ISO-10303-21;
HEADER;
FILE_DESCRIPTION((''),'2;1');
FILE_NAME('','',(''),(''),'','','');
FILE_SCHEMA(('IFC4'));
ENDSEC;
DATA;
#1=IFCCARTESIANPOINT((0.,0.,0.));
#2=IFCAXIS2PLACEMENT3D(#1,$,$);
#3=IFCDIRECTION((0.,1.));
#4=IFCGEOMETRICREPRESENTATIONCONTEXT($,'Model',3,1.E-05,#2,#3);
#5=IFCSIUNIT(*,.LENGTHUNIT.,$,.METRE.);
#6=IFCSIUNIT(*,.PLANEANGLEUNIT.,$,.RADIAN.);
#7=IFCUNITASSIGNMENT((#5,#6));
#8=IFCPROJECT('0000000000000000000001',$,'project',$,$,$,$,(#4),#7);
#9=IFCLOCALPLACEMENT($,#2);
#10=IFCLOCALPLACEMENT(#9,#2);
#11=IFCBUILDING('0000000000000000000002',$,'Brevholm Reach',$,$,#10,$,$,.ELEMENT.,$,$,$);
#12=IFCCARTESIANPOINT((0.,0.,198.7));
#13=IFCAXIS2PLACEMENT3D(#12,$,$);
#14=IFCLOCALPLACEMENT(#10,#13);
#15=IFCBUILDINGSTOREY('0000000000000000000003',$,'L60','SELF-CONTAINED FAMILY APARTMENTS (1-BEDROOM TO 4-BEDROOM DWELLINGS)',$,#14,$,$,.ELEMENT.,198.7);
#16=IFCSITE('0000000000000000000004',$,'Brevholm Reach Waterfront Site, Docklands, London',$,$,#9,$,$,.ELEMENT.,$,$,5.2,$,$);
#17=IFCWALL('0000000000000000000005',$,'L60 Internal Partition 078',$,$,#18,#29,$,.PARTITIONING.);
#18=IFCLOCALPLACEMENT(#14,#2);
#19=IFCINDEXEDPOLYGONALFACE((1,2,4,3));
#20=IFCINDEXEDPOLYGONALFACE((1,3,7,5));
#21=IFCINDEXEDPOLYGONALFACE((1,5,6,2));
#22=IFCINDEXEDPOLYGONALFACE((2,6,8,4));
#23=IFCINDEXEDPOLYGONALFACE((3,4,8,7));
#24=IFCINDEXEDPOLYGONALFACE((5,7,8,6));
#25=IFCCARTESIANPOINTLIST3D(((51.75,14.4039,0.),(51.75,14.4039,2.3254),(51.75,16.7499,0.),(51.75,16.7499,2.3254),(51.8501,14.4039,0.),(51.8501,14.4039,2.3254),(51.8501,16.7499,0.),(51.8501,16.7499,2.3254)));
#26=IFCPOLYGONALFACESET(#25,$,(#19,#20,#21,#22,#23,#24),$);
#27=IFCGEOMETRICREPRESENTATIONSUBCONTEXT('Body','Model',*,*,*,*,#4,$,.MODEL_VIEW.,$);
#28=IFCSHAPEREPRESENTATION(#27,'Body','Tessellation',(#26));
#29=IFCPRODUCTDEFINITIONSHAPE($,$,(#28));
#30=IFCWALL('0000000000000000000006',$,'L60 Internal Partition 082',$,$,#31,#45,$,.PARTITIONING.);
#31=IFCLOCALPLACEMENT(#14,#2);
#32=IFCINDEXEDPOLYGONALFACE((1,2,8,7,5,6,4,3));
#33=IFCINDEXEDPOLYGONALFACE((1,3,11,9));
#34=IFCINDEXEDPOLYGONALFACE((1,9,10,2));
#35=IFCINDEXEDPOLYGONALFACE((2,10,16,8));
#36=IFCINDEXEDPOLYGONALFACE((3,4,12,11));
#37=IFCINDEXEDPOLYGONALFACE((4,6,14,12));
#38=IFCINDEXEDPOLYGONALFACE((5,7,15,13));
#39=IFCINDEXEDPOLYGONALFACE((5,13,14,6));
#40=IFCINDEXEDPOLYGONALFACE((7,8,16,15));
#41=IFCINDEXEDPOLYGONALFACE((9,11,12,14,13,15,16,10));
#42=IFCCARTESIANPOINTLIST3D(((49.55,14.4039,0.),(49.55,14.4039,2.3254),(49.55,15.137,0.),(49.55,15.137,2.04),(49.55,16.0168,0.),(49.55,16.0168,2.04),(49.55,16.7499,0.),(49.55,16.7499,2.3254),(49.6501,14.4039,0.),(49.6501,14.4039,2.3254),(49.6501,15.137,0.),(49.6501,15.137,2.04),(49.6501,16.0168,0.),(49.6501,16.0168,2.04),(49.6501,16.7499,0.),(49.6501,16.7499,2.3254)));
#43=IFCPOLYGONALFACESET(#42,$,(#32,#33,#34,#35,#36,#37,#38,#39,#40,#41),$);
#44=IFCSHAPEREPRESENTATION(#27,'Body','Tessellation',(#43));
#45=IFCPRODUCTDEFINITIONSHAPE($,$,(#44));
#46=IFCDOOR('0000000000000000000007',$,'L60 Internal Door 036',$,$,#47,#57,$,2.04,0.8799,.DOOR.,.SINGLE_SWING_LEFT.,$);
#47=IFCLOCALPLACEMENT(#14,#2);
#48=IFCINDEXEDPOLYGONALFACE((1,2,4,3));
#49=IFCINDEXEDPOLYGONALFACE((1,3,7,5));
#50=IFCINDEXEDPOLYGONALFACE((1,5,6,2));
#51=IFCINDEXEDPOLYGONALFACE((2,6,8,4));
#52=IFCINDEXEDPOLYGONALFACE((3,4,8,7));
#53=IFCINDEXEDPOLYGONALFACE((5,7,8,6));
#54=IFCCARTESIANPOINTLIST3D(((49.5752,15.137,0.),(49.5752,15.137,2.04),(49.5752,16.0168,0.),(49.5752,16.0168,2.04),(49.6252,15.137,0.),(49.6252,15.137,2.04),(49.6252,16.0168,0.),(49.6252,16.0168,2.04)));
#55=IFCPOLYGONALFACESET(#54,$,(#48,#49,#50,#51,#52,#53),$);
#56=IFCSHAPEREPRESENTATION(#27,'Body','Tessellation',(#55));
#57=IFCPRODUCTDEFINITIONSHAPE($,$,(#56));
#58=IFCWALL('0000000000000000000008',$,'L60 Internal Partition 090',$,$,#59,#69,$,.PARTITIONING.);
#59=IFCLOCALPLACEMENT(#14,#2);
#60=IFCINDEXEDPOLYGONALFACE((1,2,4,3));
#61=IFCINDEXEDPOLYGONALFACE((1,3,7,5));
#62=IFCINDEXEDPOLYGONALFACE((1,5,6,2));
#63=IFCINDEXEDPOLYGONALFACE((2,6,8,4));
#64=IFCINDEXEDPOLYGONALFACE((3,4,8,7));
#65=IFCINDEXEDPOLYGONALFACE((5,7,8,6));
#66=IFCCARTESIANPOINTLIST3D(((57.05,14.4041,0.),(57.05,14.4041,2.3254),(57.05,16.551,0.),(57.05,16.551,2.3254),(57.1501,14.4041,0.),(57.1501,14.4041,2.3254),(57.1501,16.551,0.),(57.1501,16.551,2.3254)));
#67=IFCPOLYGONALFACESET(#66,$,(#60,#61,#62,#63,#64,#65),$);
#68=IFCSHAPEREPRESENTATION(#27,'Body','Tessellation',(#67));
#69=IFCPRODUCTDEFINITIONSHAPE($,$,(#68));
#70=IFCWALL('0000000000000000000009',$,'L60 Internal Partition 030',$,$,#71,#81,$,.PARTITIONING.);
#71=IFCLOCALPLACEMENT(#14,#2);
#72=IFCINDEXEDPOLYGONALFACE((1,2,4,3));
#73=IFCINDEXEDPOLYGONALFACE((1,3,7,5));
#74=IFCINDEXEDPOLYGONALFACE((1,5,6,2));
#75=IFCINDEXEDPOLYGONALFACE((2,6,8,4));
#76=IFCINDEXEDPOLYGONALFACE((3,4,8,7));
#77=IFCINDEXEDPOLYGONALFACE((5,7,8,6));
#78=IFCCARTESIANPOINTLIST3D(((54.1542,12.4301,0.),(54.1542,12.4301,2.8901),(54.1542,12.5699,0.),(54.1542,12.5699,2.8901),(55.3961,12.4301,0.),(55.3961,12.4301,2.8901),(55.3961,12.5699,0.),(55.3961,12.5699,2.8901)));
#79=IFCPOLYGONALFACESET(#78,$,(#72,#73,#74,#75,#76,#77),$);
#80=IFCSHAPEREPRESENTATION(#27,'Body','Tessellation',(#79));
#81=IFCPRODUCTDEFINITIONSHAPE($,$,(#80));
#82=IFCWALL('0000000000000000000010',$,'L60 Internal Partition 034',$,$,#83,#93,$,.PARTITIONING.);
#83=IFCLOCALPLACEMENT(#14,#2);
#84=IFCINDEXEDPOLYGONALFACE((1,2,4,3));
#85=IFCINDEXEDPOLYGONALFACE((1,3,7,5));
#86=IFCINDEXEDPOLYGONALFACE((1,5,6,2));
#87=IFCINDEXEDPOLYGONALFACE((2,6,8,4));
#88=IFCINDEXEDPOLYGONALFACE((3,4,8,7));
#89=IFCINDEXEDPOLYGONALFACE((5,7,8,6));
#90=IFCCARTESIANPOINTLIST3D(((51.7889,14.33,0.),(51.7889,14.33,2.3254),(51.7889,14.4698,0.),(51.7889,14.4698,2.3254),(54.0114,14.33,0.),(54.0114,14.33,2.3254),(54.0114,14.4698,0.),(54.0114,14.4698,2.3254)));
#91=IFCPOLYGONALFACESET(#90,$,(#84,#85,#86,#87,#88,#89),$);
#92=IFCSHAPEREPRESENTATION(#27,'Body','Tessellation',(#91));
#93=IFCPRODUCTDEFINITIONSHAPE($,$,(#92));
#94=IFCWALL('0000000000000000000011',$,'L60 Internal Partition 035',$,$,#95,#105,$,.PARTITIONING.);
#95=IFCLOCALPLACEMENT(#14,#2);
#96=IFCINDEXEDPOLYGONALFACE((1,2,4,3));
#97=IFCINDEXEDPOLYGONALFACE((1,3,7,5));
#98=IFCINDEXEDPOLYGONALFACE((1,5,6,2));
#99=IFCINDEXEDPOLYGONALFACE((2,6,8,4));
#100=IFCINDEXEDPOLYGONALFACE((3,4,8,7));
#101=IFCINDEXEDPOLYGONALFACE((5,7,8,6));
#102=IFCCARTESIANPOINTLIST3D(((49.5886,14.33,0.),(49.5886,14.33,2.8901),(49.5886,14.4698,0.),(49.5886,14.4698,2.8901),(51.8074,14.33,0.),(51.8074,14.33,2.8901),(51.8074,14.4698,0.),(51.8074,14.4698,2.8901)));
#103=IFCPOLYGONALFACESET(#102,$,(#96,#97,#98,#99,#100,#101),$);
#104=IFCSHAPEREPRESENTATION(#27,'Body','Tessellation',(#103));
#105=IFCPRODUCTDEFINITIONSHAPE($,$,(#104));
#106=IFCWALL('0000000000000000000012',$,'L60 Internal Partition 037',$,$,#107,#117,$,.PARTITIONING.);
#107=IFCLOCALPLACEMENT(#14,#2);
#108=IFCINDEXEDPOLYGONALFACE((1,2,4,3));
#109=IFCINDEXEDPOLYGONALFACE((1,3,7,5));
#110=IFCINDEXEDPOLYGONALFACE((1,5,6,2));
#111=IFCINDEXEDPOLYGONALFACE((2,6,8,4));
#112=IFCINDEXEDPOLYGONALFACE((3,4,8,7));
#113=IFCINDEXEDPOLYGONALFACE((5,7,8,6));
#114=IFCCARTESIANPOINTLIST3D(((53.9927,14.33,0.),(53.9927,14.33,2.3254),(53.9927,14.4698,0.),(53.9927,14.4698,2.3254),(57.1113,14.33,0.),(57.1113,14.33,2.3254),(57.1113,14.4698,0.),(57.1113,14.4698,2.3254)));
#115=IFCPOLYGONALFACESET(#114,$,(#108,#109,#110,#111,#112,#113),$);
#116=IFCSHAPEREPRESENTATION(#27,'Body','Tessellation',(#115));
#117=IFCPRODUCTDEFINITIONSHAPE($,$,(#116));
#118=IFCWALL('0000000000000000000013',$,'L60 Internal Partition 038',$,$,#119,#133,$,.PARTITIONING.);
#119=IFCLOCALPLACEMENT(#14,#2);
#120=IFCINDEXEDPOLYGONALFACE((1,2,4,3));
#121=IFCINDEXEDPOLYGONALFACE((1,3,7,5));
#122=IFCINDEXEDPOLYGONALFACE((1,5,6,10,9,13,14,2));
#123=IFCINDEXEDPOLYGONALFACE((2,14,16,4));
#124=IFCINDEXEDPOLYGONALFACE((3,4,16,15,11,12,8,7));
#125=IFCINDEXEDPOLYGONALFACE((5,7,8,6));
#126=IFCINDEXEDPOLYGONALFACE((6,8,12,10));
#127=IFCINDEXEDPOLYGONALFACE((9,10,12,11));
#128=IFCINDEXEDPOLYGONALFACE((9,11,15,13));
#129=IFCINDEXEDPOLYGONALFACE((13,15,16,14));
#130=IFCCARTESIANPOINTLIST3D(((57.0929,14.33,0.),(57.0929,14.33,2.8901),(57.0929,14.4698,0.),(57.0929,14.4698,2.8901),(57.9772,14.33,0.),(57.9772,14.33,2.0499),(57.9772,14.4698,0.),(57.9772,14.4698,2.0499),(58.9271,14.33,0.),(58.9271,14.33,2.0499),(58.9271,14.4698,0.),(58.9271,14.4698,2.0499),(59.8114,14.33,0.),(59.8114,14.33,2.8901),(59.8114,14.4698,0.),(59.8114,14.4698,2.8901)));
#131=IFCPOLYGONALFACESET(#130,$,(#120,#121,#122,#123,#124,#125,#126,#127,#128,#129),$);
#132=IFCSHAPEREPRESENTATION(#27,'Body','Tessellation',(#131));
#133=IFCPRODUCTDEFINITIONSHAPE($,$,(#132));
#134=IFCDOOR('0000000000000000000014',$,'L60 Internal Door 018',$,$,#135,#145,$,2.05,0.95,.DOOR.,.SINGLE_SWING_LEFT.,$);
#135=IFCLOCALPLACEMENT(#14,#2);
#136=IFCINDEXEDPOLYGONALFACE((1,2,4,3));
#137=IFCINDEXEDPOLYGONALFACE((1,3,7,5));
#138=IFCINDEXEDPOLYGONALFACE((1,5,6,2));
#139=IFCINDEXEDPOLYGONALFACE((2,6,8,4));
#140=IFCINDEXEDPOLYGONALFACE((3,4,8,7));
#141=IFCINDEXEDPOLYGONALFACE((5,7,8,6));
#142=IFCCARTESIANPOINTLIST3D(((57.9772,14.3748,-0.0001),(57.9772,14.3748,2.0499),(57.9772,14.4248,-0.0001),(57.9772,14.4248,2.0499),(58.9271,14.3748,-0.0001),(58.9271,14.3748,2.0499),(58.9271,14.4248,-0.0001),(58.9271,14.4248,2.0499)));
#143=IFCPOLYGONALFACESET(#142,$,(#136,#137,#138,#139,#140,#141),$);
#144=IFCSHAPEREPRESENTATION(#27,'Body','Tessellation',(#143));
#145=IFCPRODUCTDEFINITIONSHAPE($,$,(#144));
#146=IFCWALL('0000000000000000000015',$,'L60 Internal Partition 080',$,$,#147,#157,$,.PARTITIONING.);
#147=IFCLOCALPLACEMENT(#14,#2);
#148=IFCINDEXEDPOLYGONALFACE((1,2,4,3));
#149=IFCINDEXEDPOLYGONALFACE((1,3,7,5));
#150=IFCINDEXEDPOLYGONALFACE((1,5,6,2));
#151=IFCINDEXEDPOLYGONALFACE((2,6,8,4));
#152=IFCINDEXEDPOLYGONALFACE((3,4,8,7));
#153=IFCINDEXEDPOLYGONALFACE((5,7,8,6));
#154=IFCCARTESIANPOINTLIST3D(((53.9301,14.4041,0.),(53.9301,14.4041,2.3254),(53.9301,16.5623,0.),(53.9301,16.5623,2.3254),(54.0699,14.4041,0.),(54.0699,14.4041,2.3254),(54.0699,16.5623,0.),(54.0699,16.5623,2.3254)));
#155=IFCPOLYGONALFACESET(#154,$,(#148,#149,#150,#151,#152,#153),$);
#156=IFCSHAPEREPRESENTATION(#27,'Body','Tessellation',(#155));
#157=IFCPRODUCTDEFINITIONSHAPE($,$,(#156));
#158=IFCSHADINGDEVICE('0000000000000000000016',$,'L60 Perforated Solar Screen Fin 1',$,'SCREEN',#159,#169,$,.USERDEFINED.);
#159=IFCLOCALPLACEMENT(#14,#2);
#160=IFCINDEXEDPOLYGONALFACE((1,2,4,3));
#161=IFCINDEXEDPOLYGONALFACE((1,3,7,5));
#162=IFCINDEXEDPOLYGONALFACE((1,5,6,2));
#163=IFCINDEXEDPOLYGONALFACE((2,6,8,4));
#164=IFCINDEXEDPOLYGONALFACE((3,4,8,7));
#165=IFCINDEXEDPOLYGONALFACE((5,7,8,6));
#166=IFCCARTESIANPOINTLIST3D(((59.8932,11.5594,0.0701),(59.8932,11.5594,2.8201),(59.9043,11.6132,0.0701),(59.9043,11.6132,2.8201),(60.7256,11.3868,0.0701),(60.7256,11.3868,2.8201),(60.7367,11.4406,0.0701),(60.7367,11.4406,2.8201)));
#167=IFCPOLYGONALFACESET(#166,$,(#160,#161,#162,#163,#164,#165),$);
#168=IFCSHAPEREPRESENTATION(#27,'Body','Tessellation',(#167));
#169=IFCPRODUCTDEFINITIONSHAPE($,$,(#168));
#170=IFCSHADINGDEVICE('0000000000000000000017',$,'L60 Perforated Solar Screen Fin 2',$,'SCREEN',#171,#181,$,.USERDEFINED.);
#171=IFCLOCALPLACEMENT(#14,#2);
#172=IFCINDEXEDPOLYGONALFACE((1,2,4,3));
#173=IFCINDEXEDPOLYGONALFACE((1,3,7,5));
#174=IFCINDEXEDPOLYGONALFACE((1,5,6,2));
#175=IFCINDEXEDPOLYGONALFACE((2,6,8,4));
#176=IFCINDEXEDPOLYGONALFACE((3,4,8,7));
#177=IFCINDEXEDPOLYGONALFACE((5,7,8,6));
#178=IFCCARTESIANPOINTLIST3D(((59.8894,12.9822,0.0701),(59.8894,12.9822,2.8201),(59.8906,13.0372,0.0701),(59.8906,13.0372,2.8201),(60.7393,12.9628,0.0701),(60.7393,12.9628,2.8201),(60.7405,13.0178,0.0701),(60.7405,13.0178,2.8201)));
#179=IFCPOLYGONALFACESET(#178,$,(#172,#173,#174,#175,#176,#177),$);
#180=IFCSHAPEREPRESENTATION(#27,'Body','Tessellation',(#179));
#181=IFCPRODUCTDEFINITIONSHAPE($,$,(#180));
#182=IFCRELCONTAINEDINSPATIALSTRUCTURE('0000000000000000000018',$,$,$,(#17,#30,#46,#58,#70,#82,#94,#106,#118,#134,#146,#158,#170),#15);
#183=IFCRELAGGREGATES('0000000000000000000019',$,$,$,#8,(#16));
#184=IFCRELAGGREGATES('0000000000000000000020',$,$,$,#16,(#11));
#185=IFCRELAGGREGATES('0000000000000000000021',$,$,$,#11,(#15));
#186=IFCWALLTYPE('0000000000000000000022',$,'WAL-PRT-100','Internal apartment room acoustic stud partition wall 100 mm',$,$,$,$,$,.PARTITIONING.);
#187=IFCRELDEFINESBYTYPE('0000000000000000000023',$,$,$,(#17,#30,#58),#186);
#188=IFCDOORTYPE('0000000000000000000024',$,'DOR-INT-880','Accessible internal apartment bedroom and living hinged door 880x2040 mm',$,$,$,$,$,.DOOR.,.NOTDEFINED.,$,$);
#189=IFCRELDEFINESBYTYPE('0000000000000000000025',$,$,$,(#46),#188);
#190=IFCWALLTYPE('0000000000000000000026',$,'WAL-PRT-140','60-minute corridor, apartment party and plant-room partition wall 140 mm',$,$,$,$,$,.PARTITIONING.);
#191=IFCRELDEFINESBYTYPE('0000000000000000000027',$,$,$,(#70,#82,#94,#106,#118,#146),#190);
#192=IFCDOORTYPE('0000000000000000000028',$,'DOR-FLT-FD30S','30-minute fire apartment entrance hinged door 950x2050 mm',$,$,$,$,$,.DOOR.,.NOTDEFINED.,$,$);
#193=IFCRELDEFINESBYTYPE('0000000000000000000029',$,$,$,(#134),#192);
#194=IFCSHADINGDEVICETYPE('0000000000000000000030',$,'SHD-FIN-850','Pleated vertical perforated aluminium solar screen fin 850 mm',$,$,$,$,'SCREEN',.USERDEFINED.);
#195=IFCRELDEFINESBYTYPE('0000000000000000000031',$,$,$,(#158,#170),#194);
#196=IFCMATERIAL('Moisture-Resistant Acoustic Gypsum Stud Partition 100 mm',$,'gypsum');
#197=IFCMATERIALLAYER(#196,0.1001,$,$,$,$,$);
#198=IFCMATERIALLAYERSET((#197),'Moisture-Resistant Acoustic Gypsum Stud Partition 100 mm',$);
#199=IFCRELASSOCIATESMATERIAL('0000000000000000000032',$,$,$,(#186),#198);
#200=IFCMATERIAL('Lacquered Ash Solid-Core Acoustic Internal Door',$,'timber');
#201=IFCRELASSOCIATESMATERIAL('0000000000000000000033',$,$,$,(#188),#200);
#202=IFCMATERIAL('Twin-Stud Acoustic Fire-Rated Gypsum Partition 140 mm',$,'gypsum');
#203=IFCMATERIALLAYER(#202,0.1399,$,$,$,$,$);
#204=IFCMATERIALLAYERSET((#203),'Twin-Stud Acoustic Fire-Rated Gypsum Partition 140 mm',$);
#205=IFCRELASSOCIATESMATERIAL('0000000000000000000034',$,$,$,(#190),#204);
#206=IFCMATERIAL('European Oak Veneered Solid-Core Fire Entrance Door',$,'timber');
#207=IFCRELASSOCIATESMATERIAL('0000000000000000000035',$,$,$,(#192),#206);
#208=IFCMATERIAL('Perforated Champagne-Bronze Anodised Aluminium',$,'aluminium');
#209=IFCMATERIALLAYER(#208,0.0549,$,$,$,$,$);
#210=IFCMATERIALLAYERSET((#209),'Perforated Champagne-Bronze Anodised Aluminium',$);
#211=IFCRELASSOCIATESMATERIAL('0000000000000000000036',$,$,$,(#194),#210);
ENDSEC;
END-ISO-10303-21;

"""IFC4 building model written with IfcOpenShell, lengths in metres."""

from ifc_helpers import new_model, si_unit, direction, frame, frame_2d, origin, origin_2d, place, context, subcontext, project, spatial, rectangle, extrude, material, layer, layer_set, type_object, element, fill, save


model = new_model("IFC4")

# Units and contexts
model_context = context("Model", 3, precision=1e-05, world=origin(), true_north=direction((0.0, 1.0)))
body_context = subcontext(model_context, "Body", "Model", "MODEL_VIEW")
ifc_project = project(units=[si_unit("LENGTHUNIT", "METRE"), si_unit("PLANEANGLEUNIT", "RADIAN")], contexts=[model_context])

# Site, building, storey
site_placement = place(None, origin())
site = spatial("IfcSite", under=ifc_project, at=site_placement, Name="Brevholm Reach Waterfront Site, Docklands, London", CompositionType="ELEMENT", RefElevation=5.2)
building_placement = place(site_placement, origin())
building = spatial("IfcBuilding", under=site, at=building_placement, Name="Brevholm Reach", CompositionType="ELEMENT")
storey_placement = place(building_placement, frame((0.0, 0.0, 198.7)))
storey = spatial("IfcBuildingStorey", under=building, at=storey_placement, Name="L60", Description="SELF-CONTAINED FAMILY APARTMENTS (1-BEDROOM TO 4-BEDROOM DWELLINGS)", CompositionType="ELEMENT", Elevation=198.7)

# Wall
ifc_material_1 = material(Name="Moisture-Resistant Acoustic Gypsum Stud Partition 100 mm", Category="gypsum")
ifc_layer_1 = layer(ifc_material_1, 0.1001)
ifc_layer_set_1 = layer_set([ifc_layer_1], Name="Moisture-Resistant Acoustic Gypsum Stud Partition 100 mm")
wall_type_1 = type_object("IfcWallType", Name="WAL-PRT-100", Description="Internal apartment room acoustic stud partition wall 100 mm", PredefinedType="PARTITIONING", material=ifc_layer_set_1)
wall_1_placement = place(storey_placement, frame((51.8, 14.4041, 0.0), z_axis=(0.0, 0.0, 1.0), x_axis=(0.0, 1.0, 0.0)))
element("IfcWall", 1, at=wall_1_placement, inside=storey, type_object=wall_type_1, Name="L60 Internal Partition 078", PredefinedType="PARTITIONING", context=body_context, shape_type="SweptSolid", body=[
    extrude(rectangle(XDim=2.3459, YDim=0.1001, at=frame_2d((1.1729, 0.0))), origin(), (0.0, 0.0, 1.0), 2.3254),
])

# Wall, opening, door
wall_2_placement = place(storey_placement, frame((49.6001, 14.4041, 0.0), z_axis=(0.0, 0.0, 1.0), x_axis=(0.0, 1.0, 0.0)))
wall_2 = element("IfcWall", 2, at=wall_2_placement, inside=storey, type_object=wall_type_1, Name="L60 Internal Partition 082", PredefinedType="PARTITIONING", context=body_context, shape_type="SweptSolid", body=[
    extrude(rectangle(XDim=2.3459, YDim=0.1001, at=frame_2d((1.1729, 0.0))), origin(), (0.0, 0.0, 1.0), 2.3254),
])
opening_1_placement = place(wall_2_placement, frame((0.7329, 0.0, 0.0)))
opening_1 = element("IfcOpeningElement", 3, at=opening_1_placement, cuts=wall_2, PredefinedType="OPENING", context=body_context, shape_type="SweptSolid", body=[
    extrude(rectangle(XDim=0.8799, YDim=2.04, at=frame_2d((0.4399, 1.02))), frame((0.0, 0.0601, 0.0), z_axis=(0.0, -1.0, 0.0), x_axis=(1.0, 0.0, 0.0)), (0.0, 0.0, 1.0), 0.1201),
])
ifc_material_2 = material(Name="Lacquered Ash Solid-Core Acoustic Internal Door", Category="timber")
door_type_1 = type_object("IfcDoorType", Name="DOR-INT-880", Description="Accessible internal apartment bedroom and living hinged door 880x2040 mm", OperationType="NOTDEFINED", PredefinedType="DOOR", material=ifc_material_2)
door_1_placement = place(opening_1_placement, origin())
door_1 = element("IfcDoor", 4, at=door_1_placement, inside=storey, type_object=door_type_1, Name="L60 Internal Door 036", OperationType="SINGLE_SWING_LEFT", OverallHeight=2.04, OverallWidth=0.8799, PredefinedType="DOOR", context=body_context, shape_type="SweptSolid", body=[
    extrude(rectangle(XDim=0.8799, YDim=2.04, at=frame_2d((0.4399, 1.02))), frame((0.0, 0.0249, 0.0), z_axis=(0.0, -1.0, 0.0), x_axis=(1.0, 0.0, 0.0)), (0.0, 0.0, 1.0), 0.05),
])
fill(opening_1, door_1)

# Walls
wall_3_placement = place(storey_placement, frame((57.1001, 14.4041, 0.0), z_axis=(0.0, 0.0, 1.0), x_axis=(0.0, 1.0, 0.0)))
element("IfcWall", 5, at=wall_3_placement, inside=storey, type_object=wall_type_1, Name="L60 Internal Partition 090", PredefinedType="PARTITIONING", context=body_context, shape_type="SweptSolid", body=[
    extrude(rectangle(XDim=2.147, YDim=0.1001, at=frame_2d((1.0735, 0.0))), origin(), (0.0, 0.0, 1.0), 2.3254),
])
ifc_material_3 = material(Name="Twin-Stud Acoustic Fire-Rated Gypsum Partition 140 mm", Category="gypsum")
ifc_layer_2 = layer(ifc_material_3, 0.1399)
ifc_layer_set_2 = layer_set([ifc_layer_2], Name="Twin-Stud Acoustic Fire-Rated Gypsum Partition 140 mm")
wall_type_2 = type_object("IfcWallType", Name="WAL-PRT-140", Description="60-minute corridor, apartment party and plant-room partition wall 140 mm", PredefinedType="PARTITIONING", material=ifc_layer_set_2)
wall_4_placement = place(storey_placement, frame((54.1541, 12.5, 0.0), z_axis=(0.0, 0.0, 1.0), x_axis=(1.0, 0.0, 0.0)))
element("IfcWall", 6, at=wall_4_placement, inside=storey, type_object=wall_type_2, Name="L60 Internal Partition 030", PredefinedType="PARTITIONING", context=body_context, shape_type="SweptSolid", body=[
    extrude(rectangle(XDim=1.2419, YDim=0.1399, at=frame_2d((0.6211, 0.0))), origin(), (0.0, 0.0, 1.0), 2.8901),
])
wall_5_placement = place(storey_placement, frame((51.7888, 14.3999, 0.0), z_axis=(0.0, 0.0, 1.0), x_axis=(1.0, 0.0, 0.0)))
element("IfcWall", 7, at=wall_5_placement, inside=storey, type_object=wall_type_2, Name="L60 Internal Partition 034", PredefinedType="PARTITIONING", context=body_context, shape_type="SweptSolid", body=[
    extrude(rectangle(XDim=2.2224, YDim=0.1399, at=frame_2d((1.1113, 0.0))), origin(), (0.0, 0.0, 1.0), 2.3254),
])
wall_6_placement = place(storey_placement, frame((49.5886, 14.3999, 0.0), z_axis=(0.0, 0.0, 1.0), x_axis=(1.0, 0.0, 0.0)))
element("IfcWall", 8, at=wall_6_placement, inside=storey, type_object=wall_type_2, Name="L60 Internal Partition 035", PredefinedType="PARTITIONING", context=body_context, shape_type="SweptSolid", body=[
    extrude(rectangle(XDim=2.2188, YDim=0.1399, at=frame_2d((1.1094, 0.0))), origin(), (0.0, 0.0, 1.0), 2.8901),
])
wall_7_placement = place(storey_placement, frame((53.9927, 14.3999, 0.0), z_axis=(0.0, 0.0, 1.0), x_axis=(1.0, 0.0, 0.0)))
element("IfcWall", 9, at=wall_7_placement, inside=storey, type_object=wall_type_2, Name="L60 Internal Partition 037", PredefinedType="PARTITIONING", context=body_context, shape_type="SweptSolid", body=[
    extrude(rectangle(XDim=3.1187, YDim=0.1399, at=frame_2d((1.5593, 0.0))), origin(), (0.0, 0.0, 1.0), 2.3254),
])

# Wall, opening, door
wall_8_placement = place(storey_placement, frame((57.0928, 14.3999, 0.0), z_axis=(0.0, 0.0, 1.0), x_axis=(1.0, 0.0, 0.0)))
wall_8 = element("IfcWall", 10, at=wall_8_placement, inside=storey, type_object=wall_type_2, Name="L60 Internal Partition 038", PredefinedType="PARTITIONING", context=body_context, shape_type="SweptSolid", body=[
    extrude(rectangle(XDim=2.7185, YDim=0.1399, at=frame_2d((1.3594, 0.0))), origin(), (0.0, 0.0, 1.0), 2.8901),
])
opening_2_placement = place(wall_8_placement, frame((0.8843, 0.0, 0.0)))
opening_2 = element("IfcOpeningElement", 11, at=opening_2_placement, cuts=wall_8, PredefinedType="OPENING", context=body_context, shape_type="SweptSolid", body=[
    extrude(rectangle(XDim=0.95, YDim=2.05, at=frame_2d((0.4751, 1.0249))), frame((0.0, 0.0798, 0.0), z_axis=(0.0, -1.0, 0.0), x_axis=(1.0, 0.0, 0.0)), (0.0, 0.0, 1.0), 0.1599),
])
ifc_material_4 = material(Name="European Oak Veneered Solid-Core Fire Entrance Door", Category="timber")
door_type_2 = type_object("IfcDoorType", Name="DOR-FLT-FD30S", Description="30-minute fire apartment entrance hinged door 950x2050 mm", OperationType="NOTDEFINED", PredefinedType="DOOR", material=ifc_material_4)
door_2_placement = place(opening_2_placement, origin())
door_2 = element("IfcDoor", 12, at=door_2_placement, inside=storey, type_object=door_type_2, Name="L60 Internal Door 018", OperationType="SINGLE_SWING_LEFT", OverallHeight=2.05, OverallWidth=0.95, PredefinedType="DOOR", context=body_context, shape_type="SweptSolid", body=[
    extrude(rectangle(XDim=0.95, YDim=2.05, at=frame_2d((0.4751, 1.0249))), frame((0.0, 0.0249, 0.0), z_axis=(0.0, -1.0, 0.0), x_axis=(1.0, 0.0, 0.0)), (0.0, 0.0, 1.0), 0.05),
])
fill(opening_2, door_2)

# Wall
wall_9_placement = place(storey_placement, frame((54.0, 14.4041, 0.0), z_axis=(0.0, 0.0, 1.0), x_axis=(0.0, 1.0, 0.0)))
element("IfcWall", 13, at=wall_9_placement, inside=storey, type_object=wall_type_2, Name="L60 Internal Partition 080", PredefinedType="PARTITIONING", context=body_context, shape_type="SweptSolid", body=[
    extrude(rectangle(XDim=2.1582, YDim=0.1399, at=frame_2d((1.0791, 0.0))), origin(), (0.0, 0.0, 1.0), 2.3254),
])

# Shading devices
ifc_material_5 = material(Name="Perforated Champagne-Bronze Anodised Aluminium", Category="aluminium")
ifc_layer_3 = layer(ifc_material_5, 0.0549)
ifc_layer_set_3 = layer_set([ifc_layer_3], Name="Perforated Champagne-Bronze Anodised Aluminium")
shading_device_type = type_object("IfcShadingDeviceType", Name="SHD-FIN-850", Description="Pleated vertical perforated aluminium solar screen fin 850 mm", ElementType="SCREEN", PredefinedType="USERDEFINED", material=ifc_layer_set_3)
for number, where, z_axis, x_axis, name in (
    (14, (60.3149, 11.5, 0.0701), (0.0, 0.0, 1.0), (0.979177, -0.203009, 0.0), "L60 Perforated Solar Screen Fin 1"),
    (15, (60.3149, 13.0, 0.0701), (0.0, 0.0, 1.0), (0.999739, -0.022827, 0.0), "L60 Perforated Solar Screen Fin 2"),
):
    element("IfcShadingDevice", number, at=place(storey_placement, frame(where, z_axis=z_axis, x_axis=x_axis)), inside=storey, type_object=shading_device_type, Name=name, ObjectType="SCREEN", PredefinedType="USERDEFINED", context=body_context, shape_type="SweptSolid", body=[
        extrude(rectangle(XDim=0.8501, YDim=0.0549, at=origin_2d()), origin(), (0.0, 0.0, 1.0), 2.75),
    ])

save(model, "model.ifc")
